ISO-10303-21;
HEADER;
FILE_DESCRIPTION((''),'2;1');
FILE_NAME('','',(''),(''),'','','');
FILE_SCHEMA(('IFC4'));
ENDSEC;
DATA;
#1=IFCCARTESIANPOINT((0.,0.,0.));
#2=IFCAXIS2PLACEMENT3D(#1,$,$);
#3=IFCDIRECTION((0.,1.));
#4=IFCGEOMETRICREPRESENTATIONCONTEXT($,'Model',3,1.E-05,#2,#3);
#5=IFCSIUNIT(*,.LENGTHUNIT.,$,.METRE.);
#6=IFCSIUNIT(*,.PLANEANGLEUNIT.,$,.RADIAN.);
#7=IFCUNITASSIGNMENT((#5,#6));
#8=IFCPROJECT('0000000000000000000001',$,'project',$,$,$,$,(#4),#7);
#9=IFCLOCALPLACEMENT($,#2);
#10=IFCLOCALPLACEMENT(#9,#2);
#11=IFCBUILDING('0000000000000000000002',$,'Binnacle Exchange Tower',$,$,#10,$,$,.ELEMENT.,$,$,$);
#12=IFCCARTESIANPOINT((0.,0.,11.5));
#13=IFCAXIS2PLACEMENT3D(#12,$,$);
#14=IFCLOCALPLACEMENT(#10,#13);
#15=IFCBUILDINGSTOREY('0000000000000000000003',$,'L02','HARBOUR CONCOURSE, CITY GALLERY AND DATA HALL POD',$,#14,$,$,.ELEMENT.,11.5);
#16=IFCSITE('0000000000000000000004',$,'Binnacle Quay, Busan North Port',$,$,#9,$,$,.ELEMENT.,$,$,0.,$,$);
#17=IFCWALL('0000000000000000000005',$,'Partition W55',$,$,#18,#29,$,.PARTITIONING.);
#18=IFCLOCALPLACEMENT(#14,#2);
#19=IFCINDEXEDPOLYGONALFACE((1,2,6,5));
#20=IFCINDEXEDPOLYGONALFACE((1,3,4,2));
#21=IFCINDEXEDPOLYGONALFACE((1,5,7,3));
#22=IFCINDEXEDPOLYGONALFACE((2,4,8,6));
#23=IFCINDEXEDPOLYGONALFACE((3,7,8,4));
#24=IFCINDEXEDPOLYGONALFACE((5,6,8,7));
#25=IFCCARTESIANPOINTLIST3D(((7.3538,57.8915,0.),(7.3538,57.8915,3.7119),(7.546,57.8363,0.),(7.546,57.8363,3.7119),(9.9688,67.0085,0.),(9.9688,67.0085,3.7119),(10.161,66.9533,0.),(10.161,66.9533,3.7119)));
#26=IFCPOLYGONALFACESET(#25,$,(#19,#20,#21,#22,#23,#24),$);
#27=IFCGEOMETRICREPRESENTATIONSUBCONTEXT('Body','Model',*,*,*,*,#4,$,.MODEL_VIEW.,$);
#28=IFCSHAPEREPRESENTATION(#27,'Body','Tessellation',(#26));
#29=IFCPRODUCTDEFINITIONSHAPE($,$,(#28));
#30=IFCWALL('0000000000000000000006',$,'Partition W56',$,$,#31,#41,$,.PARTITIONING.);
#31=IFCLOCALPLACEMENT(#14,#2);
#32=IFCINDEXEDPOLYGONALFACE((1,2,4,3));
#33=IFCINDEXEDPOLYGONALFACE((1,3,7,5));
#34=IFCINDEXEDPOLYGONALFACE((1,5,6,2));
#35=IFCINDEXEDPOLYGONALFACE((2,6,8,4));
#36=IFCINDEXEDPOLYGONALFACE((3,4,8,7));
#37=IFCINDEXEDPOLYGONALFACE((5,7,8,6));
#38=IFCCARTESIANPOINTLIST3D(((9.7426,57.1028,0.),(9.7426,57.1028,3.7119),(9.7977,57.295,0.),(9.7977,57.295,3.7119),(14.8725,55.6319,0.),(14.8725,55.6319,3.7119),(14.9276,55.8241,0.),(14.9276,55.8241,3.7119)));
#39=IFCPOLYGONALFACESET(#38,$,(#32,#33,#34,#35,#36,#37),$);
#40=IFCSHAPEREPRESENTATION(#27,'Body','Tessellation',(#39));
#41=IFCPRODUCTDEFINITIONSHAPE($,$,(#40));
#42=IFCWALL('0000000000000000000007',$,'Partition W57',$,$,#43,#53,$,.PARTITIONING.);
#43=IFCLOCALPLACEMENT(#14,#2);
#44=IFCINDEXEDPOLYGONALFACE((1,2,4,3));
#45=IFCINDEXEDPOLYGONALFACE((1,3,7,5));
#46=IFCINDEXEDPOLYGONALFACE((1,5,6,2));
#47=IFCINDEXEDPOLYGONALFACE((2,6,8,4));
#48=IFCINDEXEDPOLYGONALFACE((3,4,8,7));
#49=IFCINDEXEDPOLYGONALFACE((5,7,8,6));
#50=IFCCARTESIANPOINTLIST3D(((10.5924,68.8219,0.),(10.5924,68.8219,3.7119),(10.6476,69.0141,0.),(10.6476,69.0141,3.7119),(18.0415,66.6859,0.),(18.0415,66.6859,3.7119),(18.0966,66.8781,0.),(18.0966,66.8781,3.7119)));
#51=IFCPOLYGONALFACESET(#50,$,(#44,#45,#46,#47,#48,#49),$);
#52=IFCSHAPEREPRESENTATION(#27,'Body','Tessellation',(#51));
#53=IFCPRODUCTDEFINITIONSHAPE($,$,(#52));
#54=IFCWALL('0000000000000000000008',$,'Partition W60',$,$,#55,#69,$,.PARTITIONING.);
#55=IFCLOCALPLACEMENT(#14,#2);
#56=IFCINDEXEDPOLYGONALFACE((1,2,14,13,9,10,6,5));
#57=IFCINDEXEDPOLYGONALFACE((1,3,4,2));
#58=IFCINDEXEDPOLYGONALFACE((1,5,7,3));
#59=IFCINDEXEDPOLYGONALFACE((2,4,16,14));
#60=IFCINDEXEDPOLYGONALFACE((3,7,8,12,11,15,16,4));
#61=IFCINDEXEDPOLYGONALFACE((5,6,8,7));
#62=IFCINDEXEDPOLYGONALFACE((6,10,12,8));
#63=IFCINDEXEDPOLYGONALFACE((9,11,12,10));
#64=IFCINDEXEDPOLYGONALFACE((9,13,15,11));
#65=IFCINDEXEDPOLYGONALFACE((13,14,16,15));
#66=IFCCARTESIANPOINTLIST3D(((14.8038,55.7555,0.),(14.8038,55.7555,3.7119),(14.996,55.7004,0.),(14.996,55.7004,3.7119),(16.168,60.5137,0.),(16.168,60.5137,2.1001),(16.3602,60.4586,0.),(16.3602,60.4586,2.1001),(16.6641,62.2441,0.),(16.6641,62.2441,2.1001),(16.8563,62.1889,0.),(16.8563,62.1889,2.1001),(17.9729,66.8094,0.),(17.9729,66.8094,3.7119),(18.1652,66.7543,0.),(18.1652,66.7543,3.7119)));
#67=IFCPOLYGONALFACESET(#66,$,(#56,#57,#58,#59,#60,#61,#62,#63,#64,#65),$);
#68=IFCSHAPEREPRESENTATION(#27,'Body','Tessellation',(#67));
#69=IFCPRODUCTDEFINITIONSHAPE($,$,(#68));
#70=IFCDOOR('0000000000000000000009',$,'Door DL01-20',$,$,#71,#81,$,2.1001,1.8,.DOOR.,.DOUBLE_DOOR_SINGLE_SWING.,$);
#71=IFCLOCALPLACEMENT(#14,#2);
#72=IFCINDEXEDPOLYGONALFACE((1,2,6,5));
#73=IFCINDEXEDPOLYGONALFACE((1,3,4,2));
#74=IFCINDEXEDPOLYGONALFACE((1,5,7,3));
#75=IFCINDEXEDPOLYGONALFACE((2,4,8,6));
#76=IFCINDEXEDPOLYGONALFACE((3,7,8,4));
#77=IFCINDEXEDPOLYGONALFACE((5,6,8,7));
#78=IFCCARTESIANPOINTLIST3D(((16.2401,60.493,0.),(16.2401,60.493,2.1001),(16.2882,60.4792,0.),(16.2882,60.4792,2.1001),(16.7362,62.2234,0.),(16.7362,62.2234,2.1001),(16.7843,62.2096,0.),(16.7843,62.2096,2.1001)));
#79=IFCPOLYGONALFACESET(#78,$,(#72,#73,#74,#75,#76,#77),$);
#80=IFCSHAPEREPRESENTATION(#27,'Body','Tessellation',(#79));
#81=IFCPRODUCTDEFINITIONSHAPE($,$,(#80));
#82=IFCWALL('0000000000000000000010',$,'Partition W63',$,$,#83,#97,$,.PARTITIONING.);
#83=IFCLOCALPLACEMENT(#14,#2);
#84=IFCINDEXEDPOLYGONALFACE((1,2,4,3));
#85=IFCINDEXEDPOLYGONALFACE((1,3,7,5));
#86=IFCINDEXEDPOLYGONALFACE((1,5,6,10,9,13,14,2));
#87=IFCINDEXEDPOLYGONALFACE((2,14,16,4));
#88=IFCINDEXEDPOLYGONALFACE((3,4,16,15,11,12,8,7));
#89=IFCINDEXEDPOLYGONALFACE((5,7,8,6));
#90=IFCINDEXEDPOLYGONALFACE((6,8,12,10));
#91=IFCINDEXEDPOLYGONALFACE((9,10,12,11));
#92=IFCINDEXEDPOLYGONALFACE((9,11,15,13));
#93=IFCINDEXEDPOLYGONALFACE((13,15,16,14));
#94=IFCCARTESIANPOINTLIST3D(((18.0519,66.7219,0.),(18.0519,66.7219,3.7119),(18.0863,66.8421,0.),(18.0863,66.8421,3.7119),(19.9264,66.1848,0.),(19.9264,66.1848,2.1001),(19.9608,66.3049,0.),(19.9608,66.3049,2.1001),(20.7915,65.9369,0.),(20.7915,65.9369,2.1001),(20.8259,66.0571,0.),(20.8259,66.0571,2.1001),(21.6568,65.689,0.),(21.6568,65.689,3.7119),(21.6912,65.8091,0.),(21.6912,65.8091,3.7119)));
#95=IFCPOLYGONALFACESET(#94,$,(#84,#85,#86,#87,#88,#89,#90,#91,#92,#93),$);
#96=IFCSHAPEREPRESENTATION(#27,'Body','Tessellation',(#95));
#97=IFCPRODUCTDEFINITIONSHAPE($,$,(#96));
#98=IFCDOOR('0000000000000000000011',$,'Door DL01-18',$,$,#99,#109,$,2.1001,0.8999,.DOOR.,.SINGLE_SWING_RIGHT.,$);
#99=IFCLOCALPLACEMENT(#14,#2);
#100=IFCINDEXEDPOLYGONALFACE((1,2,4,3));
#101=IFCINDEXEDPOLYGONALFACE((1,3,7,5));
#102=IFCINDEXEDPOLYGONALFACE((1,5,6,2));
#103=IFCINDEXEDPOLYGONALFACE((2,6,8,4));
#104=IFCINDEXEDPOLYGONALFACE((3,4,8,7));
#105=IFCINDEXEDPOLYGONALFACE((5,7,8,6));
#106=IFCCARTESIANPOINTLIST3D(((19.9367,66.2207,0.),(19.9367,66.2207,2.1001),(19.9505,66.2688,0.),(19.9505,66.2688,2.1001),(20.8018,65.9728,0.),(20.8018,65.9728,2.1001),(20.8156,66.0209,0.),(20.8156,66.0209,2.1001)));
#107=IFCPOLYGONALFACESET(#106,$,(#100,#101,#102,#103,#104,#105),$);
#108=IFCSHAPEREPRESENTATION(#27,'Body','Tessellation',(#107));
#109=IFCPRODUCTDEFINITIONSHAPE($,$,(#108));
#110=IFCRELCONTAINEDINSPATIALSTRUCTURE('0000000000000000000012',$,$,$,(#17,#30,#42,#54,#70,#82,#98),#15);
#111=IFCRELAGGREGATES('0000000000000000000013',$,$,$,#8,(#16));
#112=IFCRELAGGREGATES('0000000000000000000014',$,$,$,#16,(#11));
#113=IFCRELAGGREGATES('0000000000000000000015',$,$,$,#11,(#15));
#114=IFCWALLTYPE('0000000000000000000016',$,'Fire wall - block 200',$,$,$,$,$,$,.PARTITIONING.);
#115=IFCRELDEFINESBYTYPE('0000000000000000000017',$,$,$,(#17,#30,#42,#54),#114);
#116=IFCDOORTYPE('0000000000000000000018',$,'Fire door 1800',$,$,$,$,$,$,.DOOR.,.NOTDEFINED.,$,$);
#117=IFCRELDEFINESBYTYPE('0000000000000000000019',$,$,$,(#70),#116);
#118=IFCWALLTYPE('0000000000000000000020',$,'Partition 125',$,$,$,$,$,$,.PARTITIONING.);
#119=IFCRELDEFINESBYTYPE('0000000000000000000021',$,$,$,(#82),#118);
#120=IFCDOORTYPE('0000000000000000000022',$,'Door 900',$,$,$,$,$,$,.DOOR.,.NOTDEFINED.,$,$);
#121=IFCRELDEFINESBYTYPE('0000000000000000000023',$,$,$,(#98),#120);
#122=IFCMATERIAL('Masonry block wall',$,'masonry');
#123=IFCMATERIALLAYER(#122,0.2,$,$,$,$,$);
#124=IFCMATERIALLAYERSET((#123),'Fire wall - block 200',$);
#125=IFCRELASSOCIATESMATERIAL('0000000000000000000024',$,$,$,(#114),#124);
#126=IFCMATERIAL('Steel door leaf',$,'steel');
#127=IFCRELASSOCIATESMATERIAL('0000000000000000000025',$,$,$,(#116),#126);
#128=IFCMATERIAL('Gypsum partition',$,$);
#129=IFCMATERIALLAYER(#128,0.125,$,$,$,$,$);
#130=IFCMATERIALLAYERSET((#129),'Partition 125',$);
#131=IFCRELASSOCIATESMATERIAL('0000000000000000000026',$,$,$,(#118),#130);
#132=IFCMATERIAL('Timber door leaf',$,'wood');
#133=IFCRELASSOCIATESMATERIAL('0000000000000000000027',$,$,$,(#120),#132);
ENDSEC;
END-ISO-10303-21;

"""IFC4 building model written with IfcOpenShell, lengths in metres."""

from ifc_helpers import new_model, si_unit, direction, frame, frame_2d, origin, place, context, subcontext, project, spatial, rectangle, extrude, material, layer, layer_set, type_object, element, fill, save


model = new_model("IFC4")

# Units and contexts
model_context = context("Model", 3, precision=1e-05, world=origin(), true_north=direction((0.0, 1.0)))
body_context = subcontext(model_context, "Body", "Model", "MODEL_VIEW")
ifc_project = project(units=[si_unit("LENGTHUNIT", "METRE"), si_unit("PLANEANGLEUNIT", "RADIAN")], contexts=[model_context])

# Site, building, storey
site_placement = place(None, origin())
site = spatial("IfcSite", under=ifc_project, at=site_placement, Name="Binnacle Quay, Busan North Port", CompositionType="ELEMENT", RefElevation=0.0)
building_placement = place(site_placement, origin())
building = spatial("IfcBuilding", under=site, at=building_placement, Name="Binnacle Exchange Tower", CompositionType="ELEMENT")
storey_placement = place(building_placement, frame((0.0, 0.0, 11.5)))
storey = spatial("IfcBuildingStorey", under=building, at=storey_placement, Name="L02", Description="HARBOUR CONCOURSE, CITY GALLERY AND DATA HALL POD", CompositionType="ELEMENT", Elevation=11.5)

# Walls
ifc_material_1 = material(Name="Masonry block wall", Category="masonry")
ifc_layer_1 = layer(ifc_material_1, 0.2)
ifc_layer_set_1 = layer_set([ifc_layer_1], Name="Fire wall - block 200")
wall_type_1 = type_object("IfcWallType", Name="Fire wall - block 200", PredefinedType="PARTITIONING", material=ifc_layer_set_1)
wall_1_placement = place(storey_placement, frame((7.45, 57.864, 0.0), z_axis=(0.0, 0.0, 1.0), x_axis=(0.27571, 0.961241, 0.0)))
element("IfcWall", 1, at=wall_1_placement, inside=storey, type_object=wall_type_1, Name="Partition W55", PredefinedType="PARTITIONING", context=body_context, shape_type="SweptSolid", body=[
    extrude(rectangle(XDim=9.4846, YDim=0.2, at=frame_2d((4.7422, 0.0))), origin(), (0.0, 0.0, 1.0), 3.7119),
])
wall_2_placement = place(storey_placement, frame((9.77, 57.199, 0.0), z_axis=(0.0, 0.0, 1.0), x_axis=(0.961263, -0.275633, 0.0)))
element("IfcWall", 2, at=wall_2_placement, inside=storey, type_object=wall_type_1, Name="Partition W56", PredefinedType="PARTITIONING", context=body_context, shape_type="SweptSolid", body=[
    extrude(rectangle(XDim=5.3367, YDim=0.2, at=frame_2d((2.6685, 0.0))), origin(), (0.0, 0.0, 1.0), 3.7119),
])
wall_3_placement = place(storey_placement, frame((10.6201, 68.918, 0.0), z_axis=(0.0, 0.0, 1.0), x_axis=(0.961261, -0.275641, 0.0)))
element("IfcWall", 3, at=wall_3_placement, inside=storey, type_object=wall_type_1, Name="Partition W57", PredefinedType="PARTITIONING", context=body_context, shape_type="SweptSolid", body=[
    extrude(rectangle(XDim=7.7493, YDim=0.2, at=frame_2d((3.8745, 0.0))), origin(), (0.0, 0.0, 1.0), 3.7119),
])

# Walls, openings, doors
wall_4_placement = place(storey_placement, frame((14.8999, 55.728, 0.0), z_axis=(0.0, 0.0, 1.0), x_axis=(0.275599, 0.961273, 0.0)))
wall_4 = element("IfcWall", 4, at=wall_4_placement, inside=storey, type_object=wall_type_1, Name="Partition W60", PredefinedType="PARTITIONING", context=body_context, shape_type="SweptSolid", body=[
    extrude(rectangle(XDim=11.4993, YDim=0.2, at=frame_2d((5.7495, 0.0))), origin(), (0.0, 0.0, 1.0), 3.7119),
])
opening_1_placement = place(wall_4_placement, frame((4.95, 0.0, 0.0)))
opening_1 = element("IfcOpeningElement", 5, at=opening_1_placement, cuts=wall_4, PredefinedType="OPENING", context=body_context, shape_type="SweptSolid", body=[
    extrude(rectangle(XDim=1.8, YDim=2.1001, at=frame_2d((0.8999, 1.05))), frame((0.0, 0.1099, 0.0), z_axis=(0.0, -1.0, 0.0), x_axis=(1.0, 0.0, 0.0)), (0.0, 0.0, 1.0), 0.22),
])
ifc_material_2 = material(Name="Steel door leaf", Category="steel")
door_type_1 = type_object("IfcDoorType", Name="Fire door 1800", OperationType="NOTDEFINED", PredefinedType="DOOR", material=ifc_material_2)
door_1_placement = place(opening_1_placement, origin())
door_1 = element("IfcDoor", 6, at=door_1_placement, inside=storey, type_object=door_type_1, Name="Door DL01-20", OperationType="DOUBLE_DOOR_SINGLE_SWING", OverallHeight=2.1001, OverallWidth=1.8, PredefinedType="DOOR", context=body_context, shape_type="SweptSolid", body=[
    extrude(rectangle(XDim=1.8, YDim=2.1001, at=frame_2d((0.8999, 1.05))), frame((0.0, 0.0249, 0.0), z_axis=(0.0, -1.0, 0.0), x_axis=(1.0, 0.0, 0.0)), (0.0, 0.0, 1.0), 0.05),
])
fill(opening_1, door_1)
ifc_material_3 = material(Name="Gypsum partition")
ifc_layer_2 = layer(ifc_material_3, 0.125)
ifc_layer_set_2 = layer_set([ifc_layer_2], Name="Partition 125")
wall_type_2 = type_object("IfcWallType", Name="Partition 125", PredefinedType="PARTITIONING", material=ifc_layer_set_2)
wall_5_placement = place(storey_placement, frame((18.0691, 66.782, 0.0), z_axis=(0.0, 0.0, 1.0), x_axis=(0.961315, -0.275452, 0.0)))
wall_5 = element("IfcWall", 7, at=wall_5_placement, inside=storey, type_object=wall_type_2, Name="Partition W63", PredefinedType="PARTITIONING", context=body_context, shape_type="SweptSolid", body=[
    extrude(rectangle(XDim=3.75, YDim=0.125, at=frame_2d((1.875, 0.0))), origin(), (0.0, 0.0, 1.0), 3.7119),
])
opening_2_placement = place(wall_5_placement, frame((1.95, 0.0, 0.0)))
opening_2 = element("IfcOpeningElement", 8, at=opening_2_placement, cuts=wall_5, PredefinedType="OPENING", context=body_context, shape_type="SweptSolid", body=[
    extrude(rectangle(XDim=0.8999, YDim=2.1001, at=frame_2d((0.45, 1.05))), frame((0.0, 0.0725, 0.0), z_axis=(0.0, -1.0, 0.0), x_axis=(1.0, 0.0, 0.0)), (0.0, 0.0, 1.0), 0.145),
])
ifc_material_4 = material(Name="Timber door leaf", Category="wood")
door_type_2 = type_object("IfcDoorType", Name="Door 900", OperationType="NOTDEFINED", PredefinedType="DOOR", material=ifc_material_4)
door_2_placement = place(opening_2_placement, origin())
door_2 = element("IfcDoor", 9, at=door_2_placement, inside=storey, type_object=door_type_2, Name="Door DL01-18", OperationType="SINGLE_SWING_RIGHT", OverallHeight=2.1001, OverallWidth=0.8999, PredefinedType="DOOR", context=body_context, shape_type="SweptSolid", body=[
    extrude(rectangle(XDim=0.8999, YDim=2.1001, at=frame_2d((0.45, 1.05))), frame((0.0, 0.0249, 0.0), z_axis=(0.0, -1.0, 0.0), x_axis=(1.0, 0.0, 0.0)), (0.0, 0.0, 1.0), 0.05),
])
fill(opening_2, door_2)

save(model, "model.ifc")
